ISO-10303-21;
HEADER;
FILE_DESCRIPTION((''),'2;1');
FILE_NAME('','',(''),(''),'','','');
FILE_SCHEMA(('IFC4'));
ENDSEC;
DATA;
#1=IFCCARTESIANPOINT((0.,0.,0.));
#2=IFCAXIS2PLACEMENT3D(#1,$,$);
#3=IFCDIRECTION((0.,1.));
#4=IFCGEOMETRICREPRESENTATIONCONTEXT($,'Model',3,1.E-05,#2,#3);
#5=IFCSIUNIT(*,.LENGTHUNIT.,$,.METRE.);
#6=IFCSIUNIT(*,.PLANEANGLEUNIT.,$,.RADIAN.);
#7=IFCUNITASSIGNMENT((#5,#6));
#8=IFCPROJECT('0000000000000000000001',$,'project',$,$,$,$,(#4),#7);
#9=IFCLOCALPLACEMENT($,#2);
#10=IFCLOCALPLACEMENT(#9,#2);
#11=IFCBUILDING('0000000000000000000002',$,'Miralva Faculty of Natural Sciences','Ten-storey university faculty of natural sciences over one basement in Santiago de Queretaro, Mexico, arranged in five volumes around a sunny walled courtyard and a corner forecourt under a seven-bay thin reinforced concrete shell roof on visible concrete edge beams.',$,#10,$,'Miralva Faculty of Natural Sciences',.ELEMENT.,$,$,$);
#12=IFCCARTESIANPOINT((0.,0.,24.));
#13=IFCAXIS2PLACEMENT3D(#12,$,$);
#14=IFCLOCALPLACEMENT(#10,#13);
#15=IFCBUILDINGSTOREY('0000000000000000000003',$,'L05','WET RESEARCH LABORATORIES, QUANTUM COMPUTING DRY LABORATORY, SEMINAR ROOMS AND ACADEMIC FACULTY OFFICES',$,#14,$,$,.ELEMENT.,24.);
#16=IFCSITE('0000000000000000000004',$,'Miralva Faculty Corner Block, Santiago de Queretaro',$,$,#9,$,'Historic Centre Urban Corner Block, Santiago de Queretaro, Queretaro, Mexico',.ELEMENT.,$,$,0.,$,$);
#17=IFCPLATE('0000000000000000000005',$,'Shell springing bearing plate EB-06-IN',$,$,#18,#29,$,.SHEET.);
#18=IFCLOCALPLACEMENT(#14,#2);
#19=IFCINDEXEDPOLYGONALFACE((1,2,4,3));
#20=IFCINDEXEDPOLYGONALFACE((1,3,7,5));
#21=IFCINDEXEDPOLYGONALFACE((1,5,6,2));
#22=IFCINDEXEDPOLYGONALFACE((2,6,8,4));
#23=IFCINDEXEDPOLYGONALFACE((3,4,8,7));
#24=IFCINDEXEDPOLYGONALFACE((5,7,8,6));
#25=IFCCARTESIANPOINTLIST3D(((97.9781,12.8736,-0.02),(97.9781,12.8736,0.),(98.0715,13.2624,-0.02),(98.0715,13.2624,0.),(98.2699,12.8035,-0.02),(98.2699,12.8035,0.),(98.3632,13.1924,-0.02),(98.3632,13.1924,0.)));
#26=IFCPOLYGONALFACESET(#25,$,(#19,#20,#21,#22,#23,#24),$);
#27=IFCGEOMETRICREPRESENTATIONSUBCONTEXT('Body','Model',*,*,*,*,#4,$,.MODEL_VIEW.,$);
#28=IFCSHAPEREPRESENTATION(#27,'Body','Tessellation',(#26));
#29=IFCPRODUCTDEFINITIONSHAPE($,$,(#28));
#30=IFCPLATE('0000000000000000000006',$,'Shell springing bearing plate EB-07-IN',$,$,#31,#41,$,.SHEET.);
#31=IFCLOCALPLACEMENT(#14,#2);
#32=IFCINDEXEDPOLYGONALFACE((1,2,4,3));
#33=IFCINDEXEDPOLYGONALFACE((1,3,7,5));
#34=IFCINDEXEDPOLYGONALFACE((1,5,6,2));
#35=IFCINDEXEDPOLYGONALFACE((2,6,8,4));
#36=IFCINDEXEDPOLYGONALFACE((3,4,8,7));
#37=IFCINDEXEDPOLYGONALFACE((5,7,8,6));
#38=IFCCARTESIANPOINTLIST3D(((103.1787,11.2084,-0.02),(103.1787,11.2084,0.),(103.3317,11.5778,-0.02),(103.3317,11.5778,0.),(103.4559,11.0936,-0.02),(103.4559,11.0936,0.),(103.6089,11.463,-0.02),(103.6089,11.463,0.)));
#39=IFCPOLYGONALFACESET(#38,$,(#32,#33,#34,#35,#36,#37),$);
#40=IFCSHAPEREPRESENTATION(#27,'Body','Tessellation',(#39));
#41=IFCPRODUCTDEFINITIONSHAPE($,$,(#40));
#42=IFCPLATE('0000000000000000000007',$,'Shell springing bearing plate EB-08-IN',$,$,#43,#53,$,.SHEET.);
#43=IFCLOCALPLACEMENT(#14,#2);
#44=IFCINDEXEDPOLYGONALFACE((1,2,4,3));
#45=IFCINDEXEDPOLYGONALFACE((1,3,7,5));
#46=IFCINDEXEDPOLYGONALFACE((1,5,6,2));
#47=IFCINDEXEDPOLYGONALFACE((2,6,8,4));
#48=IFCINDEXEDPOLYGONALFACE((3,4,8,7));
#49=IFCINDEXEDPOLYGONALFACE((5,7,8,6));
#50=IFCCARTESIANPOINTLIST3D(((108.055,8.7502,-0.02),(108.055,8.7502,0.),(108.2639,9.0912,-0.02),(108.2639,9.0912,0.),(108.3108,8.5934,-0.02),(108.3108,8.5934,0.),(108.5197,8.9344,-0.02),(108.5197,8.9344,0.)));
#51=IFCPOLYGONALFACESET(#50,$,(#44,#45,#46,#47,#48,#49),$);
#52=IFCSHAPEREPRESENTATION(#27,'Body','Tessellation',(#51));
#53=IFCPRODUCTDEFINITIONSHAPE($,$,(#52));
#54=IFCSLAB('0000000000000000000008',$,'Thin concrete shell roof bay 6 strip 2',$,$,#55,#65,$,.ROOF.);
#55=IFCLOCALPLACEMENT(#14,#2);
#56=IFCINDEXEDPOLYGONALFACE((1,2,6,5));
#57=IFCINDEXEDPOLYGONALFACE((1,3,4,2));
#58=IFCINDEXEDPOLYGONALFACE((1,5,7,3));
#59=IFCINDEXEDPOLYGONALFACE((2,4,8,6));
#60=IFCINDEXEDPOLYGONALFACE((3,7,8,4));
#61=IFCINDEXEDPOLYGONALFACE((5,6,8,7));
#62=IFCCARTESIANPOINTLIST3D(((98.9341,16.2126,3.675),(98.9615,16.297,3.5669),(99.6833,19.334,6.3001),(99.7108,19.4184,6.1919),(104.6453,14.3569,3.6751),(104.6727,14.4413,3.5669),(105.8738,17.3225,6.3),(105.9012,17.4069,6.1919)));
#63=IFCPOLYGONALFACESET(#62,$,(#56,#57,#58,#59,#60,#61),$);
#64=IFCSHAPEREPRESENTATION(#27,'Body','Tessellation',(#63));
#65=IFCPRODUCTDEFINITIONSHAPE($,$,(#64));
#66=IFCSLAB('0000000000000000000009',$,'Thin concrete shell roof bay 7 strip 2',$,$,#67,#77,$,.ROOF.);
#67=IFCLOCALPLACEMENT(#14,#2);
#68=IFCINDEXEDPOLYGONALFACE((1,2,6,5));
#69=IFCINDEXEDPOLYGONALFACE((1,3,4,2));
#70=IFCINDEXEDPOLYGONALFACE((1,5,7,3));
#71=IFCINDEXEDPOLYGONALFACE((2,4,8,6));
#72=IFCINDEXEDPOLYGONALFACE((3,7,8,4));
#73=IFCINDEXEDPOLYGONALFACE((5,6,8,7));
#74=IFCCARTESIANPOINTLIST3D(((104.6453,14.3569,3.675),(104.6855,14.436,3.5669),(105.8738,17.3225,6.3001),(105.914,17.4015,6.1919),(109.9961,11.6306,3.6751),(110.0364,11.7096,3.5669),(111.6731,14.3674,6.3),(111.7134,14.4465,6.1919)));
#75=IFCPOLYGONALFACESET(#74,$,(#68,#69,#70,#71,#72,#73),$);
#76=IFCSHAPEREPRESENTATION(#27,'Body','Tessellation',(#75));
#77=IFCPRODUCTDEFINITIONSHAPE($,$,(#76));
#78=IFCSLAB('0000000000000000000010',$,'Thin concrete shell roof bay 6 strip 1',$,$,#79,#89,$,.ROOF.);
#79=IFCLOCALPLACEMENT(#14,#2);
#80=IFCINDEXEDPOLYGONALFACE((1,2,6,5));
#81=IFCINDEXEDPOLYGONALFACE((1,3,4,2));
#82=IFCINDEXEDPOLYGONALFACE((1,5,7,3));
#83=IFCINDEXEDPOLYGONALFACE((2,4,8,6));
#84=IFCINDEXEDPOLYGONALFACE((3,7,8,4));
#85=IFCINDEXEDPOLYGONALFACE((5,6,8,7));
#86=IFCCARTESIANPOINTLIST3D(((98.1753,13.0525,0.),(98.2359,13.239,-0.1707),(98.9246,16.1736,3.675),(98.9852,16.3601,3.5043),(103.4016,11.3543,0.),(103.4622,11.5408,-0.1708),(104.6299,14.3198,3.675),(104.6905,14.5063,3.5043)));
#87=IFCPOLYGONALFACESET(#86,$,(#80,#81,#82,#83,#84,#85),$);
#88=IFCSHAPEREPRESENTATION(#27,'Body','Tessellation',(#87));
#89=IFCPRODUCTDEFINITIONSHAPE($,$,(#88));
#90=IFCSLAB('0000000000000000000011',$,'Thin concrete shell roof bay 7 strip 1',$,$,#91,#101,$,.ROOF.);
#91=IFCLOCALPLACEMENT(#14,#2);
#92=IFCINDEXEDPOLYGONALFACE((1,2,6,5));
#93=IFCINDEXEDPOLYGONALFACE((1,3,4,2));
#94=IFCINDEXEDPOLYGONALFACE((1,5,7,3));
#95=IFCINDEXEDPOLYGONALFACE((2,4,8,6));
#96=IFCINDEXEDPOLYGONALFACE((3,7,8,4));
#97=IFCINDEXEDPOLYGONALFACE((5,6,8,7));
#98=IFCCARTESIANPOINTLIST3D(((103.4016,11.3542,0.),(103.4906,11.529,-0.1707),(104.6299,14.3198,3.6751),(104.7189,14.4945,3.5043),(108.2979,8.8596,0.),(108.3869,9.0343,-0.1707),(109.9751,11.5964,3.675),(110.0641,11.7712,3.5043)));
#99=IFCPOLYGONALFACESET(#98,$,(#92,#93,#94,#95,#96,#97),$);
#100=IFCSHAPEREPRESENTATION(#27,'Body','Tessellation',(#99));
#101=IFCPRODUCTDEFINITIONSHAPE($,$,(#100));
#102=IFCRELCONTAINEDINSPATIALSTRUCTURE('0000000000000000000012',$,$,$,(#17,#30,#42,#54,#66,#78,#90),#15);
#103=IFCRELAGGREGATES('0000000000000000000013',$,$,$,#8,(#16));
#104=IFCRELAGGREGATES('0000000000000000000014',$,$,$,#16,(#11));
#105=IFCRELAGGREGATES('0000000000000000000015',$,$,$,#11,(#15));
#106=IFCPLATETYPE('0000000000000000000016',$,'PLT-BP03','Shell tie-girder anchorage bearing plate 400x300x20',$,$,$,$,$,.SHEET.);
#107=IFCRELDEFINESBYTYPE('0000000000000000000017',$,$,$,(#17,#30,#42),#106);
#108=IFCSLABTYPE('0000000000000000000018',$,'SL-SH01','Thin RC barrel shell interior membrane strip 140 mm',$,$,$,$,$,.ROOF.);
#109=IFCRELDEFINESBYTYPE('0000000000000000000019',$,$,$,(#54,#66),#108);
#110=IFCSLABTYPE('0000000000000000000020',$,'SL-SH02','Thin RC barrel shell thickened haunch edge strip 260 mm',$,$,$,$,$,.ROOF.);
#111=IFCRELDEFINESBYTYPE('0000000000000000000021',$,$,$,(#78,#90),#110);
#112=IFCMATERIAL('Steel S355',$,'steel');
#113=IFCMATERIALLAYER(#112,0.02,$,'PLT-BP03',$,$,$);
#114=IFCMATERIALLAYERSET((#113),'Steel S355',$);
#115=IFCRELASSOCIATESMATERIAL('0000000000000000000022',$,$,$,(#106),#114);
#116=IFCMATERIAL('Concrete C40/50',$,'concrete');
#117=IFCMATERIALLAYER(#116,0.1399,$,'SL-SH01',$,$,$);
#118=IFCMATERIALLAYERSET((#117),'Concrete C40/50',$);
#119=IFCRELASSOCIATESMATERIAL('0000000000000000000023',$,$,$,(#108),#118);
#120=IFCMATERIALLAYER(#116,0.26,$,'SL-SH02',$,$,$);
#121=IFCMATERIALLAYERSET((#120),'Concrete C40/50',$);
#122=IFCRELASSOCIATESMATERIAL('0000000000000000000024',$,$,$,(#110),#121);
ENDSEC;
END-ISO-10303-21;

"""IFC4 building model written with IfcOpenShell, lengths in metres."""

from ifc_helpers import new_model, si_unit, direction, frame, origin, origin_2d, place, context, subcontext, project, spatial, polyline, rectangle, outline, extrude, material, layer, layer_set, type_object, element, save


model = new_model("IFC4")

# Units and contexts
model_context = context("Model", 3, precision=1e-05, world=origin(), true_north=direction((0.0, 1.0)))
body_context = subcontext(model_context, "Body", "Model", "MODEL_VIEW")
ifc_project = project(units=[si_unit("LENGTHUNIT", "METRE"), si_unit("PLANEANGLEUNIT", "RADIAN")], contexts=[model_context])

# Site, building, storey
site_placement = place(None, origin())
site = spatial("IfcSite", under=ifc_project, at=site_placement, Name="Miralva Faculty Corner Block, Santiago de Queretaro", LongName="Historic Centre Urban Corner Block, Santiago de Queretaro, Queretaro, Mexico", CompositionType="ELEMENT", RefElevation=0.0)
building_placement = place(site_placement, origin())
building = spatial("IfcBuilding", under=site, at=building_placement, Name="Miralva Faculty of Natural Sciences", Description="Ten-storey university faculty of natural sciences over one basement in Santiago de Queretaro, Mexico, arranged in five volumes around a sunny walled courtyard and a corner forecourt under a seven-bay thin reinforced concrete shell roof on visible concrete edge beams.", LongName="Miralva Faculty of Natural Sciences", CompositionType="ELEMENT")
storey_placement = place(building_placement, frame((0.0, 0.0, 24.0)))
storey = spatial("IfcBuildingStorey", under=building, at=storey_placement, Name="L05", Description="WET RESEARCH LABORATORIES, QUANTUM COMPUTING DRY LABORATORY, SEMINAR ROOMS AND ACADEMIC FACULTY OFFICES", CompositionType="ELEMENT", Elevation=24.0)

# Shared definitions
ifc_material_1 = material(Name="Concrete C40/50", Category="concrete")
ifc_material_2 = material(Name="Steel S355", Category="steel")

# Plates
ifc_layer_1 = layer(ifc_material_2, 0.02, Name="PLT-BP03")
ifc_layer_set_1 = layer_set([ifc_layer_1], Name="Steel S355")
plate_type_1 = type_object("IfcPlateType", Name="PLT-BP03", Description="Shell tie-girder anchorage bearing plate 400x300x20", PredefinedType="SHEET", material=ifc_layer_set_1)
for number, where, z_axis, x_axis, name in (
    (1, (98.1707, 13.033, -0.02), (0.0, 0.0, 1.0), (0.233445, 0.97237, 0.0), "Shell springing bearing plate EB-06-IN"),
    (2, (103.3938, 11.3357, -0.02), (0.0, 0.0, 1.0), (0.382683, 0.92388, 0.0), "Shell springing bearing plate EB-07-IN"),
    (3, (108.2874, 8.8423, -0.02), (0.0, 0.0, 1.0), (0.522499, 0.85264, 0.0), "Shell springing bearing plate EB-08-IN"),
):
    element("IfcPlate", number, at=place(storey_placement, frame(where, z_axis=z_axis, x_axis=x_axis)), inside=storey, type_object=plate_type_1, Name=name, PredefinedType="SHEET", context=body_context, shape_type="SweptSolid", body=[
        extrude(rectangle(XDim=0.3999, YDim=0.3, at=origin_2d()), origin(), (0.0, 0.0, 1.0), 0.02),
    ])

# Slabs
ifc_layer_2 = layer(ifc_material_1, 0.1399, Name="SL-SH01")
ifc_layer_set_2 = layer_set([ifc_layer_2], Name="Concrete C40/50")
slab_type_1 = type_object("IfcSlabType", Name="SL-SH01", Description="Thin RC barrel shell interior membrane strip 140 mm", PredefinedType="ROOF", material=ifc_layer_set_2)
slab_1_placement = place(storey_placement, frame((98.9341, 16.2126, 3.675), z_axis=(-0.195988, -0.603172, 0.773157), x_axis=(0.951054, -0.309024, 0.000002)))
element("IfcSlab", 4, at=slab_1_placement, inside=storey, type_object=slab_type_1, Name="Thin concrete shell roof bay 6 strip 2", PredefinedType="ROOF", context=body_context, shape_type="SweptSolid", body=[
    extrude(outline(polyline([(0.0, 0.0), (6.0051, 0.0), (6.2571, 4.139), (-0.252, 4.139), (0.0, 0.0)])), origin(), (0.0, 0.0, -1.0), 0.1399),
])
slab_2_placement = place(storey_placement, frame((104.6453, 14.3569, 3.675), z_axis=(-0.287938, -0.565098, 0.773147), x_axis=(0.891008, -0.453988, 0.000009)))
element("IfcSlab", 5, at=slab_2_placement, inside=storey, type_object=slab_type_1, Name="Thin concrete shell roof bay 7 strip 2", PredefinedType="ROOF", context=body_context, shape_type="SweptSolid", body=[
    extrude(outline(polyline([(0.0, 0.0), (6.0053, 0.0), (6.2571, 4.1388), (-0.2517, 4.139), (0.0, 0.0)])), origin(), (0.0, 0.0, -1.0), 0.1399),
])
ifc_layer_3 = layer(ifc_material_1, 0.26, Name="SL-SH02")
ifc_layer_set_3 = layer_set([ifc_layer_3], Name="Concrete C40/50")
slab_type_2 = type_object("IfcSlabType", Name="SL-SH02", Description="Thin RC barrel shell thickened haunch edge strip 260 mm", PredefinedType="ROOF", material=ifc_layer_set_3)
slab_3_placement = place(storey_placement, frame((98.1753, 13.0525, 0.0), z_axis=(-0.233059, -0.717261, 0.656674), x_axis=(0.951053, -0.309029, -0.000005)))
element("IfcSlab", 6, at=slab_3_placement, inside=storey, type_object=slab_type_2, Name="Thin concrete shell roof bay 6 strip 1", PredefinedType="ROOF", context=body_context, shape_type="SweptSolid", body=[
    extrude(outline(polyline([(0.0, 0.0), (5.4953, 0.0), (5.747, 4.873), (-0.2519, 4.8729), (0.0, 0.0)])), origin(), (0.0, 0.0, -1.0), 0.26),
])
slab_4_placement = place(storey_placement, frame((103.4016, 11.3542, 0.0), z_axis=(-0.342373, -0.671978, 0.656679), x_axis=(0.891016, -0.453972, 0.0)))
element("IfcSlab", 7, at=slab_4_placement, inside=storey, type_object=slab_type_2, Name="Thin concrete shell roof bay 7 strip 1", PredefinedType="ROOF", context=body_context, shape_type="SweptSolid", body=[
    extrude(outline(polyline([(0.0, 0.0), (5.4951, 0.0), (5.7471, 4.873), (-0.2519, 4.873), (0.0, 0.0)])), origin(), (0.0, 0.0, -1.0), 0.26),
])

save(model, "model.ifc")
